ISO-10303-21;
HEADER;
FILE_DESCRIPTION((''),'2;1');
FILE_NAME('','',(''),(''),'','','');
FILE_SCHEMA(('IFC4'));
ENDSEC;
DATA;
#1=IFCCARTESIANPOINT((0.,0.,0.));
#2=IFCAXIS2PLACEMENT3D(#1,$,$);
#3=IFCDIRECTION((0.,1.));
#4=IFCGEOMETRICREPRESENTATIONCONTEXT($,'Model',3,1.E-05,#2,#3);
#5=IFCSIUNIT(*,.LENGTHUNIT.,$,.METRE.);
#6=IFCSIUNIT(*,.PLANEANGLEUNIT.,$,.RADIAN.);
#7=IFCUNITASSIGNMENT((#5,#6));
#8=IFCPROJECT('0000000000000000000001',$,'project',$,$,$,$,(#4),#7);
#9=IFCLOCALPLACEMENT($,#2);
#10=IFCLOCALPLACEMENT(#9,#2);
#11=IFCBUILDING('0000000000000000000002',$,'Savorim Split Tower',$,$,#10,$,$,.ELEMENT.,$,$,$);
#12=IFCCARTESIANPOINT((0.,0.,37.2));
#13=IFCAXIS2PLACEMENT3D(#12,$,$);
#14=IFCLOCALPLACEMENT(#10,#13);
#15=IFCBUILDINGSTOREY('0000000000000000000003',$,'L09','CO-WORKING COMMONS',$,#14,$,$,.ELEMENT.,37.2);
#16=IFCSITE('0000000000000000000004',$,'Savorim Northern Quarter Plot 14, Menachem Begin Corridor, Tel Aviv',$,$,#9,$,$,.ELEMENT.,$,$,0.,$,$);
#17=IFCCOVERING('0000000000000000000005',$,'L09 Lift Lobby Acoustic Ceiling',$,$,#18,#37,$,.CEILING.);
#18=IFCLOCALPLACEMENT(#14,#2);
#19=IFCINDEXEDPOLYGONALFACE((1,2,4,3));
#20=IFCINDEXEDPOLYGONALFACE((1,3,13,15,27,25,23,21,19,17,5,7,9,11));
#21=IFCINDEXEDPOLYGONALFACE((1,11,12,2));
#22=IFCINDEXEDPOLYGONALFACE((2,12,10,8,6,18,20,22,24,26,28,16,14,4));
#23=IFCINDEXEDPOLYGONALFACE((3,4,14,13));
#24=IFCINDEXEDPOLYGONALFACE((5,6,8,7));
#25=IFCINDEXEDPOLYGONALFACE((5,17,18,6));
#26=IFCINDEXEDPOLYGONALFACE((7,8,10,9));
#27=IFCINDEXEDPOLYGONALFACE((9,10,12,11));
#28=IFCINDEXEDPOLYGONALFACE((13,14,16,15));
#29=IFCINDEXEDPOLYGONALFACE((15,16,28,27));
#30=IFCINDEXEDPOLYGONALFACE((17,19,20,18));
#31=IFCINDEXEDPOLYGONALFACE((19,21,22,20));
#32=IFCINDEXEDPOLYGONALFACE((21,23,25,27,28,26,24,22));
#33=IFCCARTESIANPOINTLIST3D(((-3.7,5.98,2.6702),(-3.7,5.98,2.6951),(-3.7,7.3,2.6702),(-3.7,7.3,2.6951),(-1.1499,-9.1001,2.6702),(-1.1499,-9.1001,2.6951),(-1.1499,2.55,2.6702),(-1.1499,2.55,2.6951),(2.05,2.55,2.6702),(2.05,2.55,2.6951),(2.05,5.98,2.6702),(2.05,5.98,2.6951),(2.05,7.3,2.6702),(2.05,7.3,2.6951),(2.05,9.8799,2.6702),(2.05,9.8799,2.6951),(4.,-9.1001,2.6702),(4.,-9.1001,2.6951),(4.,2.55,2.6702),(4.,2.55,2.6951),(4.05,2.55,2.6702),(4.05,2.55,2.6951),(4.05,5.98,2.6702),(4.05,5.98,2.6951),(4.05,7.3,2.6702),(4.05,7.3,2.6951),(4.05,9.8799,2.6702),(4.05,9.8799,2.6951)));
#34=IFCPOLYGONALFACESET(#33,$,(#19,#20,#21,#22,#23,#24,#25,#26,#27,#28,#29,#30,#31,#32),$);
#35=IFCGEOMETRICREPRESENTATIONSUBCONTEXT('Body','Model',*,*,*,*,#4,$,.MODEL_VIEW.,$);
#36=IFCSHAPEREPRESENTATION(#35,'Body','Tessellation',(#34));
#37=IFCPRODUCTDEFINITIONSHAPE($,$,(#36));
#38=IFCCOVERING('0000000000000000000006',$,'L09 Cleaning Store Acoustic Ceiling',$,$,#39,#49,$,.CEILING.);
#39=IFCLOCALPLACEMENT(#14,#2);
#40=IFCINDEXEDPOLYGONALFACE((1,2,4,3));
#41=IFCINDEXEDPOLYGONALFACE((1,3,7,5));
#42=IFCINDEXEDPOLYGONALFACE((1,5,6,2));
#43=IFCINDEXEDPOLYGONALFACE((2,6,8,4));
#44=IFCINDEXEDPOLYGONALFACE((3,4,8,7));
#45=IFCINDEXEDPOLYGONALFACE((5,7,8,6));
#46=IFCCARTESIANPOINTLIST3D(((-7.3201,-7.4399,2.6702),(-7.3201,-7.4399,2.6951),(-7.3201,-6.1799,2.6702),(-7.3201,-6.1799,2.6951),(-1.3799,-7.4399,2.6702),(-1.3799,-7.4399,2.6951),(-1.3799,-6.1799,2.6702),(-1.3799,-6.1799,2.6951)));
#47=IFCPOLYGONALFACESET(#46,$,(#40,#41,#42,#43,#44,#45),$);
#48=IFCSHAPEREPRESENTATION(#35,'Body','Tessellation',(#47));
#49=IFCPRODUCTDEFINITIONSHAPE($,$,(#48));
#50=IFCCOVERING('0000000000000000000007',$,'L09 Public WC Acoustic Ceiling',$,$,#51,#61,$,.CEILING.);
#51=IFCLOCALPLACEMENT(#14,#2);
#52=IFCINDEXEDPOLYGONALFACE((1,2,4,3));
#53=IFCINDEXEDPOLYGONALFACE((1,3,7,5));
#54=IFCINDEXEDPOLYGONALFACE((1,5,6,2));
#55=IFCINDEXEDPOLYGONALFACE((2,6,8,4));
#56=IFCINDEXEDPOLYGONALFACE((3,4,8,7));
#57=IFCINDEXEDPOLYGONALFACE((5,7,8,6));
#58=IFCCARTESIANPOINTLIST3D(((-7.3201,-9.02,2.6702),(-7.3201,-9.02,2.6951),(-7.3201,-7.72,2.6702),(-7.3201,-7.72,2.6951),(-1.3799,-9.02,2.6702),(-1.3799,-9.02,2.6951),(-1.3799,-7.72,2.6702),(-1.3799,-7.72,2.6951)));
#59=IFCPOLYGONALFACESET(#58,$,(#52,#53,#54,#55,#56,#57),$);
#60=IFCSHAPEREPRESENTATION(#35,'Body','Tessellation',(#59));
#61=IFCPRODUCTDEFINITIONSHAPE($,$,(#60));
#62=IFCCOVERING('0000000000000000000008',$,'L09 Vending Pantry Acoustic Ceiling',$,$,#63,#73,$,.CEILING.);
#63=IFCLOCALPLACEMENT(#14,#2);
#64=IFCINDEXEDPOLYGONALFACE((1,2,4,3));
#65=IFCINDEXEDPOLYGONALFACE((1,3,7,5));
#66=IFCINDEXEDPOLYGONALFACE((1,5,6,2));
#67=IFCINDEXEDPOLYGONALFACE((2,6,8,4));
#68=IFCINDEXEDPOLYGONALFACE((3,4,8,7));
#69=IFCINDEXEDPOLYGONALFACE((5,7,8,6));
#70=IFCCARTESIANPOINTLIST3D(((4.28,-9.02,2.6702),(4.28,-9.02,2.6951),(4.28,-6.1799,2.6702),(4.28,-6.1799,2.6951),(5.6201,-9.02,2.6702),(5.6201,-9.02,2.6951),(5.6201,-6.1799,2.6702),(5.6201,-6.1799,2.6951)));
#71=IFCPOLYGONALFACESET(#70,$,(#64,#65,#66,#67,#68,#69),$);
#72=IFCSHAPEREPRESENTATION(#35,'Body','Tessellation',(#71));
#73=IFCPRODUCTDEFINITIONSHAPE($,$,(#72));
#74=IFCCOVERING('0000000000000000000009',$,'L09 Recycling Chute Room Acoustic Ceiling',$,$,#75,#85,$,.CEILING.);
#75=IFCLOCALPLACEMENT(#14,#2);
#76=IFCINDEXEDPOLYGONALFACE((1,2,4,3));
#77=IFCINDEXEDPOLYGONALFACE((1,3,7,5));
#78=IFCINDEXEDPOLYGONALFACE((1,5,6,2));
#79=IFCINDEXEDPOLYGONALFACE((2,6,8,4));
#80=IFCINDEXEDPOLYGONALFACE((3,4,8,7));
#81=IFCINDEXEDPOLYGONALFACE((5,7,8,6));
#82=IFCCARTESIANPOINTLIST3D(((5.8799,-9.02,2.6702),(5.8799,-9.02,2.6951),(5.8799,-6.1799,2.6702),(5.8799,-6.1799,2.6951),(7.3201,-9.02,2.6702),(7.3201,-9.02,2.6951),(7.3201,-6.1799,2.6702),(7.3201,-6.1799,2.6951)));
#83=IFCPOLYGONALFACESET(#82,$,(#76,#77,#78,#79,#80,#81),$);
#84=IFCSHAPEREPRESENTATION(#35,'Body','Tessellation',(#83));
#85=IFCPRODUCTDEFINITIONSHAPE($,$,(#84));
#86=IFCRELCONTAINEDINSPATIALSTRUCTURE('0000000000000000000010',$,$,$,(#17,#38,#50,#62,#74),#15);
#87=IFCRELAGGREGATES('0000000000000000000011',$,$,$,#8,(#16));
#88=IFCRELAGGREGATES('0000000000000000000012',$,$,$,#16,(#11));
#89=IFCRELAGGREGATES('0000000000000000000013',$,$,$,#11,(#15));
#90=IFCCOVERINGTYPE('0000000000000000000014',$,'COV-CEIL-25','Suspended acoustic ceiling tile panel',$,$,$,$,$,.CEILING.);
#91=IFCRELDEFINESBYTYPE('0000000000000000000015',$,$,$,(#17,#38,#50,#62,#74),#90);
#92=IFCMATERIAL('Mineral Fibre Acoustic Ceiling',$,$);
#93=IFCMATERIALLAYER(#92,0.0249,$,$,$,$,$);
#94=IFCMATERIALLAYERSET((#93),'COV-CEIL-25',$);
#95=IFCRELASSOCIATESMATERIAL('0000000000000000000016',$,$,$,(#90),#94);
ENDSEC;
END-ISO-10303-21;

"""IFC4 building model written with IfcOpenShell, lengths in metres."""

from ifc_helpers import new_model, si_unit, direction, frame, origin, place, context, subcontext, project, spatial, polyline, outline, extrude, material, layer, layer_set, type_object, element, save


model = new_model("IFC4")

# Units and contexts
model_context = context("Model", 3, precision=1e-05, world=origin(), true_north=direction((0.0, 1.0)))
body_context = subcontext(model_context, "Body", "Model", "MODEL_VIEW")
ifc_project = project(units=[si_unit("LENGTHUNIT", "METRE"), si_unit("PLANEANGLEUNIT", "RADIAN")], contexts=[model_context])

# Site, building, storey
site_placement = place(None, origin())
site = spatial("IfcSite", under=ifc_project, at=site_placement, Name="Savorim Northern Quarter Plot 14, Menachem Begin Corridor, Tel Aviv", CompositionType="ELEMENT", RefElevation=0.0)
building_placement = place(site_placement, origin())
building = spatial("IfcBuilding", under=site, at=building_placement, Name="Savorim Split Tower", CompositionType="ELEMENT")
storey_placement = place(building_placement, frame((0.0, 0.0, 37.2)))
storey = spatial("IfcBuildingStorey", under=building, at=storey_placement, Name="L09", Description="CO-WORKING COMMONS", CompositionType="ELEMENT", Elevation=37.2)

# Coverings
ifc_material_1 = material(Name="Mineral Fibre Acoustic Ceiling")
ifc_layer_1 = layer(ifc_material_1, 0.0249)
ifc_layer_set_1 = layer_set([ifc_layer_1], Name="COV-CEIL-25")
covering_type_1 = type_object("IfcCoveringType", Name="COV-CEIL-25", Description="Suspended acoustic ceiling tile panel", PredefinedType="CEILING", material=ifc_layer_set_1)
covering_1_placement = place(storey_placement, frame((0.0, 0.0, 2.6702)))
element("IfcCovering", 1, at=covering_1_placement, inside=storey, type_object=covering_type_1, Name="L09 Lift Lobby Acoustic Ceiling", PredefinedType="CEILING", context=body_context, shape_type="SweptSolid", body=[
    extrude(outline(polyline([(2.05, 2.55), (-1.1499, 2.55), (-1.1499, -9.1001), (4.0, -9.1001), (4.0, 2.55), (4.05, 2.55), (4.05, 5.98), (4.05, 7.3), (4.05, 9.8799), (2.05, 9.8799), (2.05, 7.3), (-3.7, 7.3), (-3.7, 5.98), (2.05, 5.98), (2.05, 2.55)])), origin(), (0.0, 0.0, 1.0), 0.0249),
])
covering_2_placement = place(storey_placement, frame((0.0, 0.0, 2.6702)))
element("IfcCovering", 2, at=covering_2_placement, inside=storey, type_object=covering_type_1, Name="L09 Cleaning Store Acoustic Ceiling", PredefinedType="CEILING", context=body_context, shape_type="SweptSolid", body=[
    extrude(outline(polyline([(-7.3201, -6.1799), (-7.3201, -7.4399), (-1.3799, -7.4399), (-1.3799, -6.1799), (-7.3201, -6.1799)])), origin(), (0.0, 0.0, 1.0), 0.0249),
])
covering_3_placement = place(storey_placement, frame((0.0, 0.0, 2.6702)))
element("IfcCovering", 3, at=covering_3_placement, inside=storey, type_object=covering_type_1, Name="L09 Public WC Acoustic Ceiling", PredefinedType="CEILING", context=body_context, shape_type="SweptSolid", body=[
    extrude(outline(polyline([(-7.3201, -7.72), (-7.3201, -9.02), (-1.3799, -9.02), (-1.3799, -7.72), (-7.3201, -7.72)])), origin(), (0.0, 0.0, 1.0), 0.0249),
])
covering_4_placement = place(storey_placement, frame((0.0, 0.0, 2.6702)))
element("IfcCovering", 4, at=covering_4_placement, inside=storey, type_object=covering_type_1, Name="L09 Vending Pantry Acoustic Ceiling", PredefinedType="CEILING", context=body_context, shape_type="SweptSolid", body=[
    extrude(outline(polyline([(4.28, -6.1799), (4.28, -9.02), (5.6201, -9.02), (5.6201, -6.1799), (4.28, -6.1799)])), origin(), (0.0, 0.0, 1.0), 0.0249),
])
covering_5_placement = place(storey_placement, frame((0.0, 0.0, 2.6702)))
element("IfcCovering", 5, at=covering_5_placement, inside=storey, type_object=covering_type_1, Name="L09 Recycling Chute Room Acoustic Ceiling", PredefinedType="CEILING", context=body_context, shape_type="SweptSolid", body=[
    extrude(outline(polyline([(5.8799, -6.1799), (5.8799, -9.02), (7.3201, -9.02), (7.3201, -6.1799), (5.8799, -6.1799)])), origin(), (0.0, 0.0, 1.0), 0.0249),
])

save(model, "model.ifc")
